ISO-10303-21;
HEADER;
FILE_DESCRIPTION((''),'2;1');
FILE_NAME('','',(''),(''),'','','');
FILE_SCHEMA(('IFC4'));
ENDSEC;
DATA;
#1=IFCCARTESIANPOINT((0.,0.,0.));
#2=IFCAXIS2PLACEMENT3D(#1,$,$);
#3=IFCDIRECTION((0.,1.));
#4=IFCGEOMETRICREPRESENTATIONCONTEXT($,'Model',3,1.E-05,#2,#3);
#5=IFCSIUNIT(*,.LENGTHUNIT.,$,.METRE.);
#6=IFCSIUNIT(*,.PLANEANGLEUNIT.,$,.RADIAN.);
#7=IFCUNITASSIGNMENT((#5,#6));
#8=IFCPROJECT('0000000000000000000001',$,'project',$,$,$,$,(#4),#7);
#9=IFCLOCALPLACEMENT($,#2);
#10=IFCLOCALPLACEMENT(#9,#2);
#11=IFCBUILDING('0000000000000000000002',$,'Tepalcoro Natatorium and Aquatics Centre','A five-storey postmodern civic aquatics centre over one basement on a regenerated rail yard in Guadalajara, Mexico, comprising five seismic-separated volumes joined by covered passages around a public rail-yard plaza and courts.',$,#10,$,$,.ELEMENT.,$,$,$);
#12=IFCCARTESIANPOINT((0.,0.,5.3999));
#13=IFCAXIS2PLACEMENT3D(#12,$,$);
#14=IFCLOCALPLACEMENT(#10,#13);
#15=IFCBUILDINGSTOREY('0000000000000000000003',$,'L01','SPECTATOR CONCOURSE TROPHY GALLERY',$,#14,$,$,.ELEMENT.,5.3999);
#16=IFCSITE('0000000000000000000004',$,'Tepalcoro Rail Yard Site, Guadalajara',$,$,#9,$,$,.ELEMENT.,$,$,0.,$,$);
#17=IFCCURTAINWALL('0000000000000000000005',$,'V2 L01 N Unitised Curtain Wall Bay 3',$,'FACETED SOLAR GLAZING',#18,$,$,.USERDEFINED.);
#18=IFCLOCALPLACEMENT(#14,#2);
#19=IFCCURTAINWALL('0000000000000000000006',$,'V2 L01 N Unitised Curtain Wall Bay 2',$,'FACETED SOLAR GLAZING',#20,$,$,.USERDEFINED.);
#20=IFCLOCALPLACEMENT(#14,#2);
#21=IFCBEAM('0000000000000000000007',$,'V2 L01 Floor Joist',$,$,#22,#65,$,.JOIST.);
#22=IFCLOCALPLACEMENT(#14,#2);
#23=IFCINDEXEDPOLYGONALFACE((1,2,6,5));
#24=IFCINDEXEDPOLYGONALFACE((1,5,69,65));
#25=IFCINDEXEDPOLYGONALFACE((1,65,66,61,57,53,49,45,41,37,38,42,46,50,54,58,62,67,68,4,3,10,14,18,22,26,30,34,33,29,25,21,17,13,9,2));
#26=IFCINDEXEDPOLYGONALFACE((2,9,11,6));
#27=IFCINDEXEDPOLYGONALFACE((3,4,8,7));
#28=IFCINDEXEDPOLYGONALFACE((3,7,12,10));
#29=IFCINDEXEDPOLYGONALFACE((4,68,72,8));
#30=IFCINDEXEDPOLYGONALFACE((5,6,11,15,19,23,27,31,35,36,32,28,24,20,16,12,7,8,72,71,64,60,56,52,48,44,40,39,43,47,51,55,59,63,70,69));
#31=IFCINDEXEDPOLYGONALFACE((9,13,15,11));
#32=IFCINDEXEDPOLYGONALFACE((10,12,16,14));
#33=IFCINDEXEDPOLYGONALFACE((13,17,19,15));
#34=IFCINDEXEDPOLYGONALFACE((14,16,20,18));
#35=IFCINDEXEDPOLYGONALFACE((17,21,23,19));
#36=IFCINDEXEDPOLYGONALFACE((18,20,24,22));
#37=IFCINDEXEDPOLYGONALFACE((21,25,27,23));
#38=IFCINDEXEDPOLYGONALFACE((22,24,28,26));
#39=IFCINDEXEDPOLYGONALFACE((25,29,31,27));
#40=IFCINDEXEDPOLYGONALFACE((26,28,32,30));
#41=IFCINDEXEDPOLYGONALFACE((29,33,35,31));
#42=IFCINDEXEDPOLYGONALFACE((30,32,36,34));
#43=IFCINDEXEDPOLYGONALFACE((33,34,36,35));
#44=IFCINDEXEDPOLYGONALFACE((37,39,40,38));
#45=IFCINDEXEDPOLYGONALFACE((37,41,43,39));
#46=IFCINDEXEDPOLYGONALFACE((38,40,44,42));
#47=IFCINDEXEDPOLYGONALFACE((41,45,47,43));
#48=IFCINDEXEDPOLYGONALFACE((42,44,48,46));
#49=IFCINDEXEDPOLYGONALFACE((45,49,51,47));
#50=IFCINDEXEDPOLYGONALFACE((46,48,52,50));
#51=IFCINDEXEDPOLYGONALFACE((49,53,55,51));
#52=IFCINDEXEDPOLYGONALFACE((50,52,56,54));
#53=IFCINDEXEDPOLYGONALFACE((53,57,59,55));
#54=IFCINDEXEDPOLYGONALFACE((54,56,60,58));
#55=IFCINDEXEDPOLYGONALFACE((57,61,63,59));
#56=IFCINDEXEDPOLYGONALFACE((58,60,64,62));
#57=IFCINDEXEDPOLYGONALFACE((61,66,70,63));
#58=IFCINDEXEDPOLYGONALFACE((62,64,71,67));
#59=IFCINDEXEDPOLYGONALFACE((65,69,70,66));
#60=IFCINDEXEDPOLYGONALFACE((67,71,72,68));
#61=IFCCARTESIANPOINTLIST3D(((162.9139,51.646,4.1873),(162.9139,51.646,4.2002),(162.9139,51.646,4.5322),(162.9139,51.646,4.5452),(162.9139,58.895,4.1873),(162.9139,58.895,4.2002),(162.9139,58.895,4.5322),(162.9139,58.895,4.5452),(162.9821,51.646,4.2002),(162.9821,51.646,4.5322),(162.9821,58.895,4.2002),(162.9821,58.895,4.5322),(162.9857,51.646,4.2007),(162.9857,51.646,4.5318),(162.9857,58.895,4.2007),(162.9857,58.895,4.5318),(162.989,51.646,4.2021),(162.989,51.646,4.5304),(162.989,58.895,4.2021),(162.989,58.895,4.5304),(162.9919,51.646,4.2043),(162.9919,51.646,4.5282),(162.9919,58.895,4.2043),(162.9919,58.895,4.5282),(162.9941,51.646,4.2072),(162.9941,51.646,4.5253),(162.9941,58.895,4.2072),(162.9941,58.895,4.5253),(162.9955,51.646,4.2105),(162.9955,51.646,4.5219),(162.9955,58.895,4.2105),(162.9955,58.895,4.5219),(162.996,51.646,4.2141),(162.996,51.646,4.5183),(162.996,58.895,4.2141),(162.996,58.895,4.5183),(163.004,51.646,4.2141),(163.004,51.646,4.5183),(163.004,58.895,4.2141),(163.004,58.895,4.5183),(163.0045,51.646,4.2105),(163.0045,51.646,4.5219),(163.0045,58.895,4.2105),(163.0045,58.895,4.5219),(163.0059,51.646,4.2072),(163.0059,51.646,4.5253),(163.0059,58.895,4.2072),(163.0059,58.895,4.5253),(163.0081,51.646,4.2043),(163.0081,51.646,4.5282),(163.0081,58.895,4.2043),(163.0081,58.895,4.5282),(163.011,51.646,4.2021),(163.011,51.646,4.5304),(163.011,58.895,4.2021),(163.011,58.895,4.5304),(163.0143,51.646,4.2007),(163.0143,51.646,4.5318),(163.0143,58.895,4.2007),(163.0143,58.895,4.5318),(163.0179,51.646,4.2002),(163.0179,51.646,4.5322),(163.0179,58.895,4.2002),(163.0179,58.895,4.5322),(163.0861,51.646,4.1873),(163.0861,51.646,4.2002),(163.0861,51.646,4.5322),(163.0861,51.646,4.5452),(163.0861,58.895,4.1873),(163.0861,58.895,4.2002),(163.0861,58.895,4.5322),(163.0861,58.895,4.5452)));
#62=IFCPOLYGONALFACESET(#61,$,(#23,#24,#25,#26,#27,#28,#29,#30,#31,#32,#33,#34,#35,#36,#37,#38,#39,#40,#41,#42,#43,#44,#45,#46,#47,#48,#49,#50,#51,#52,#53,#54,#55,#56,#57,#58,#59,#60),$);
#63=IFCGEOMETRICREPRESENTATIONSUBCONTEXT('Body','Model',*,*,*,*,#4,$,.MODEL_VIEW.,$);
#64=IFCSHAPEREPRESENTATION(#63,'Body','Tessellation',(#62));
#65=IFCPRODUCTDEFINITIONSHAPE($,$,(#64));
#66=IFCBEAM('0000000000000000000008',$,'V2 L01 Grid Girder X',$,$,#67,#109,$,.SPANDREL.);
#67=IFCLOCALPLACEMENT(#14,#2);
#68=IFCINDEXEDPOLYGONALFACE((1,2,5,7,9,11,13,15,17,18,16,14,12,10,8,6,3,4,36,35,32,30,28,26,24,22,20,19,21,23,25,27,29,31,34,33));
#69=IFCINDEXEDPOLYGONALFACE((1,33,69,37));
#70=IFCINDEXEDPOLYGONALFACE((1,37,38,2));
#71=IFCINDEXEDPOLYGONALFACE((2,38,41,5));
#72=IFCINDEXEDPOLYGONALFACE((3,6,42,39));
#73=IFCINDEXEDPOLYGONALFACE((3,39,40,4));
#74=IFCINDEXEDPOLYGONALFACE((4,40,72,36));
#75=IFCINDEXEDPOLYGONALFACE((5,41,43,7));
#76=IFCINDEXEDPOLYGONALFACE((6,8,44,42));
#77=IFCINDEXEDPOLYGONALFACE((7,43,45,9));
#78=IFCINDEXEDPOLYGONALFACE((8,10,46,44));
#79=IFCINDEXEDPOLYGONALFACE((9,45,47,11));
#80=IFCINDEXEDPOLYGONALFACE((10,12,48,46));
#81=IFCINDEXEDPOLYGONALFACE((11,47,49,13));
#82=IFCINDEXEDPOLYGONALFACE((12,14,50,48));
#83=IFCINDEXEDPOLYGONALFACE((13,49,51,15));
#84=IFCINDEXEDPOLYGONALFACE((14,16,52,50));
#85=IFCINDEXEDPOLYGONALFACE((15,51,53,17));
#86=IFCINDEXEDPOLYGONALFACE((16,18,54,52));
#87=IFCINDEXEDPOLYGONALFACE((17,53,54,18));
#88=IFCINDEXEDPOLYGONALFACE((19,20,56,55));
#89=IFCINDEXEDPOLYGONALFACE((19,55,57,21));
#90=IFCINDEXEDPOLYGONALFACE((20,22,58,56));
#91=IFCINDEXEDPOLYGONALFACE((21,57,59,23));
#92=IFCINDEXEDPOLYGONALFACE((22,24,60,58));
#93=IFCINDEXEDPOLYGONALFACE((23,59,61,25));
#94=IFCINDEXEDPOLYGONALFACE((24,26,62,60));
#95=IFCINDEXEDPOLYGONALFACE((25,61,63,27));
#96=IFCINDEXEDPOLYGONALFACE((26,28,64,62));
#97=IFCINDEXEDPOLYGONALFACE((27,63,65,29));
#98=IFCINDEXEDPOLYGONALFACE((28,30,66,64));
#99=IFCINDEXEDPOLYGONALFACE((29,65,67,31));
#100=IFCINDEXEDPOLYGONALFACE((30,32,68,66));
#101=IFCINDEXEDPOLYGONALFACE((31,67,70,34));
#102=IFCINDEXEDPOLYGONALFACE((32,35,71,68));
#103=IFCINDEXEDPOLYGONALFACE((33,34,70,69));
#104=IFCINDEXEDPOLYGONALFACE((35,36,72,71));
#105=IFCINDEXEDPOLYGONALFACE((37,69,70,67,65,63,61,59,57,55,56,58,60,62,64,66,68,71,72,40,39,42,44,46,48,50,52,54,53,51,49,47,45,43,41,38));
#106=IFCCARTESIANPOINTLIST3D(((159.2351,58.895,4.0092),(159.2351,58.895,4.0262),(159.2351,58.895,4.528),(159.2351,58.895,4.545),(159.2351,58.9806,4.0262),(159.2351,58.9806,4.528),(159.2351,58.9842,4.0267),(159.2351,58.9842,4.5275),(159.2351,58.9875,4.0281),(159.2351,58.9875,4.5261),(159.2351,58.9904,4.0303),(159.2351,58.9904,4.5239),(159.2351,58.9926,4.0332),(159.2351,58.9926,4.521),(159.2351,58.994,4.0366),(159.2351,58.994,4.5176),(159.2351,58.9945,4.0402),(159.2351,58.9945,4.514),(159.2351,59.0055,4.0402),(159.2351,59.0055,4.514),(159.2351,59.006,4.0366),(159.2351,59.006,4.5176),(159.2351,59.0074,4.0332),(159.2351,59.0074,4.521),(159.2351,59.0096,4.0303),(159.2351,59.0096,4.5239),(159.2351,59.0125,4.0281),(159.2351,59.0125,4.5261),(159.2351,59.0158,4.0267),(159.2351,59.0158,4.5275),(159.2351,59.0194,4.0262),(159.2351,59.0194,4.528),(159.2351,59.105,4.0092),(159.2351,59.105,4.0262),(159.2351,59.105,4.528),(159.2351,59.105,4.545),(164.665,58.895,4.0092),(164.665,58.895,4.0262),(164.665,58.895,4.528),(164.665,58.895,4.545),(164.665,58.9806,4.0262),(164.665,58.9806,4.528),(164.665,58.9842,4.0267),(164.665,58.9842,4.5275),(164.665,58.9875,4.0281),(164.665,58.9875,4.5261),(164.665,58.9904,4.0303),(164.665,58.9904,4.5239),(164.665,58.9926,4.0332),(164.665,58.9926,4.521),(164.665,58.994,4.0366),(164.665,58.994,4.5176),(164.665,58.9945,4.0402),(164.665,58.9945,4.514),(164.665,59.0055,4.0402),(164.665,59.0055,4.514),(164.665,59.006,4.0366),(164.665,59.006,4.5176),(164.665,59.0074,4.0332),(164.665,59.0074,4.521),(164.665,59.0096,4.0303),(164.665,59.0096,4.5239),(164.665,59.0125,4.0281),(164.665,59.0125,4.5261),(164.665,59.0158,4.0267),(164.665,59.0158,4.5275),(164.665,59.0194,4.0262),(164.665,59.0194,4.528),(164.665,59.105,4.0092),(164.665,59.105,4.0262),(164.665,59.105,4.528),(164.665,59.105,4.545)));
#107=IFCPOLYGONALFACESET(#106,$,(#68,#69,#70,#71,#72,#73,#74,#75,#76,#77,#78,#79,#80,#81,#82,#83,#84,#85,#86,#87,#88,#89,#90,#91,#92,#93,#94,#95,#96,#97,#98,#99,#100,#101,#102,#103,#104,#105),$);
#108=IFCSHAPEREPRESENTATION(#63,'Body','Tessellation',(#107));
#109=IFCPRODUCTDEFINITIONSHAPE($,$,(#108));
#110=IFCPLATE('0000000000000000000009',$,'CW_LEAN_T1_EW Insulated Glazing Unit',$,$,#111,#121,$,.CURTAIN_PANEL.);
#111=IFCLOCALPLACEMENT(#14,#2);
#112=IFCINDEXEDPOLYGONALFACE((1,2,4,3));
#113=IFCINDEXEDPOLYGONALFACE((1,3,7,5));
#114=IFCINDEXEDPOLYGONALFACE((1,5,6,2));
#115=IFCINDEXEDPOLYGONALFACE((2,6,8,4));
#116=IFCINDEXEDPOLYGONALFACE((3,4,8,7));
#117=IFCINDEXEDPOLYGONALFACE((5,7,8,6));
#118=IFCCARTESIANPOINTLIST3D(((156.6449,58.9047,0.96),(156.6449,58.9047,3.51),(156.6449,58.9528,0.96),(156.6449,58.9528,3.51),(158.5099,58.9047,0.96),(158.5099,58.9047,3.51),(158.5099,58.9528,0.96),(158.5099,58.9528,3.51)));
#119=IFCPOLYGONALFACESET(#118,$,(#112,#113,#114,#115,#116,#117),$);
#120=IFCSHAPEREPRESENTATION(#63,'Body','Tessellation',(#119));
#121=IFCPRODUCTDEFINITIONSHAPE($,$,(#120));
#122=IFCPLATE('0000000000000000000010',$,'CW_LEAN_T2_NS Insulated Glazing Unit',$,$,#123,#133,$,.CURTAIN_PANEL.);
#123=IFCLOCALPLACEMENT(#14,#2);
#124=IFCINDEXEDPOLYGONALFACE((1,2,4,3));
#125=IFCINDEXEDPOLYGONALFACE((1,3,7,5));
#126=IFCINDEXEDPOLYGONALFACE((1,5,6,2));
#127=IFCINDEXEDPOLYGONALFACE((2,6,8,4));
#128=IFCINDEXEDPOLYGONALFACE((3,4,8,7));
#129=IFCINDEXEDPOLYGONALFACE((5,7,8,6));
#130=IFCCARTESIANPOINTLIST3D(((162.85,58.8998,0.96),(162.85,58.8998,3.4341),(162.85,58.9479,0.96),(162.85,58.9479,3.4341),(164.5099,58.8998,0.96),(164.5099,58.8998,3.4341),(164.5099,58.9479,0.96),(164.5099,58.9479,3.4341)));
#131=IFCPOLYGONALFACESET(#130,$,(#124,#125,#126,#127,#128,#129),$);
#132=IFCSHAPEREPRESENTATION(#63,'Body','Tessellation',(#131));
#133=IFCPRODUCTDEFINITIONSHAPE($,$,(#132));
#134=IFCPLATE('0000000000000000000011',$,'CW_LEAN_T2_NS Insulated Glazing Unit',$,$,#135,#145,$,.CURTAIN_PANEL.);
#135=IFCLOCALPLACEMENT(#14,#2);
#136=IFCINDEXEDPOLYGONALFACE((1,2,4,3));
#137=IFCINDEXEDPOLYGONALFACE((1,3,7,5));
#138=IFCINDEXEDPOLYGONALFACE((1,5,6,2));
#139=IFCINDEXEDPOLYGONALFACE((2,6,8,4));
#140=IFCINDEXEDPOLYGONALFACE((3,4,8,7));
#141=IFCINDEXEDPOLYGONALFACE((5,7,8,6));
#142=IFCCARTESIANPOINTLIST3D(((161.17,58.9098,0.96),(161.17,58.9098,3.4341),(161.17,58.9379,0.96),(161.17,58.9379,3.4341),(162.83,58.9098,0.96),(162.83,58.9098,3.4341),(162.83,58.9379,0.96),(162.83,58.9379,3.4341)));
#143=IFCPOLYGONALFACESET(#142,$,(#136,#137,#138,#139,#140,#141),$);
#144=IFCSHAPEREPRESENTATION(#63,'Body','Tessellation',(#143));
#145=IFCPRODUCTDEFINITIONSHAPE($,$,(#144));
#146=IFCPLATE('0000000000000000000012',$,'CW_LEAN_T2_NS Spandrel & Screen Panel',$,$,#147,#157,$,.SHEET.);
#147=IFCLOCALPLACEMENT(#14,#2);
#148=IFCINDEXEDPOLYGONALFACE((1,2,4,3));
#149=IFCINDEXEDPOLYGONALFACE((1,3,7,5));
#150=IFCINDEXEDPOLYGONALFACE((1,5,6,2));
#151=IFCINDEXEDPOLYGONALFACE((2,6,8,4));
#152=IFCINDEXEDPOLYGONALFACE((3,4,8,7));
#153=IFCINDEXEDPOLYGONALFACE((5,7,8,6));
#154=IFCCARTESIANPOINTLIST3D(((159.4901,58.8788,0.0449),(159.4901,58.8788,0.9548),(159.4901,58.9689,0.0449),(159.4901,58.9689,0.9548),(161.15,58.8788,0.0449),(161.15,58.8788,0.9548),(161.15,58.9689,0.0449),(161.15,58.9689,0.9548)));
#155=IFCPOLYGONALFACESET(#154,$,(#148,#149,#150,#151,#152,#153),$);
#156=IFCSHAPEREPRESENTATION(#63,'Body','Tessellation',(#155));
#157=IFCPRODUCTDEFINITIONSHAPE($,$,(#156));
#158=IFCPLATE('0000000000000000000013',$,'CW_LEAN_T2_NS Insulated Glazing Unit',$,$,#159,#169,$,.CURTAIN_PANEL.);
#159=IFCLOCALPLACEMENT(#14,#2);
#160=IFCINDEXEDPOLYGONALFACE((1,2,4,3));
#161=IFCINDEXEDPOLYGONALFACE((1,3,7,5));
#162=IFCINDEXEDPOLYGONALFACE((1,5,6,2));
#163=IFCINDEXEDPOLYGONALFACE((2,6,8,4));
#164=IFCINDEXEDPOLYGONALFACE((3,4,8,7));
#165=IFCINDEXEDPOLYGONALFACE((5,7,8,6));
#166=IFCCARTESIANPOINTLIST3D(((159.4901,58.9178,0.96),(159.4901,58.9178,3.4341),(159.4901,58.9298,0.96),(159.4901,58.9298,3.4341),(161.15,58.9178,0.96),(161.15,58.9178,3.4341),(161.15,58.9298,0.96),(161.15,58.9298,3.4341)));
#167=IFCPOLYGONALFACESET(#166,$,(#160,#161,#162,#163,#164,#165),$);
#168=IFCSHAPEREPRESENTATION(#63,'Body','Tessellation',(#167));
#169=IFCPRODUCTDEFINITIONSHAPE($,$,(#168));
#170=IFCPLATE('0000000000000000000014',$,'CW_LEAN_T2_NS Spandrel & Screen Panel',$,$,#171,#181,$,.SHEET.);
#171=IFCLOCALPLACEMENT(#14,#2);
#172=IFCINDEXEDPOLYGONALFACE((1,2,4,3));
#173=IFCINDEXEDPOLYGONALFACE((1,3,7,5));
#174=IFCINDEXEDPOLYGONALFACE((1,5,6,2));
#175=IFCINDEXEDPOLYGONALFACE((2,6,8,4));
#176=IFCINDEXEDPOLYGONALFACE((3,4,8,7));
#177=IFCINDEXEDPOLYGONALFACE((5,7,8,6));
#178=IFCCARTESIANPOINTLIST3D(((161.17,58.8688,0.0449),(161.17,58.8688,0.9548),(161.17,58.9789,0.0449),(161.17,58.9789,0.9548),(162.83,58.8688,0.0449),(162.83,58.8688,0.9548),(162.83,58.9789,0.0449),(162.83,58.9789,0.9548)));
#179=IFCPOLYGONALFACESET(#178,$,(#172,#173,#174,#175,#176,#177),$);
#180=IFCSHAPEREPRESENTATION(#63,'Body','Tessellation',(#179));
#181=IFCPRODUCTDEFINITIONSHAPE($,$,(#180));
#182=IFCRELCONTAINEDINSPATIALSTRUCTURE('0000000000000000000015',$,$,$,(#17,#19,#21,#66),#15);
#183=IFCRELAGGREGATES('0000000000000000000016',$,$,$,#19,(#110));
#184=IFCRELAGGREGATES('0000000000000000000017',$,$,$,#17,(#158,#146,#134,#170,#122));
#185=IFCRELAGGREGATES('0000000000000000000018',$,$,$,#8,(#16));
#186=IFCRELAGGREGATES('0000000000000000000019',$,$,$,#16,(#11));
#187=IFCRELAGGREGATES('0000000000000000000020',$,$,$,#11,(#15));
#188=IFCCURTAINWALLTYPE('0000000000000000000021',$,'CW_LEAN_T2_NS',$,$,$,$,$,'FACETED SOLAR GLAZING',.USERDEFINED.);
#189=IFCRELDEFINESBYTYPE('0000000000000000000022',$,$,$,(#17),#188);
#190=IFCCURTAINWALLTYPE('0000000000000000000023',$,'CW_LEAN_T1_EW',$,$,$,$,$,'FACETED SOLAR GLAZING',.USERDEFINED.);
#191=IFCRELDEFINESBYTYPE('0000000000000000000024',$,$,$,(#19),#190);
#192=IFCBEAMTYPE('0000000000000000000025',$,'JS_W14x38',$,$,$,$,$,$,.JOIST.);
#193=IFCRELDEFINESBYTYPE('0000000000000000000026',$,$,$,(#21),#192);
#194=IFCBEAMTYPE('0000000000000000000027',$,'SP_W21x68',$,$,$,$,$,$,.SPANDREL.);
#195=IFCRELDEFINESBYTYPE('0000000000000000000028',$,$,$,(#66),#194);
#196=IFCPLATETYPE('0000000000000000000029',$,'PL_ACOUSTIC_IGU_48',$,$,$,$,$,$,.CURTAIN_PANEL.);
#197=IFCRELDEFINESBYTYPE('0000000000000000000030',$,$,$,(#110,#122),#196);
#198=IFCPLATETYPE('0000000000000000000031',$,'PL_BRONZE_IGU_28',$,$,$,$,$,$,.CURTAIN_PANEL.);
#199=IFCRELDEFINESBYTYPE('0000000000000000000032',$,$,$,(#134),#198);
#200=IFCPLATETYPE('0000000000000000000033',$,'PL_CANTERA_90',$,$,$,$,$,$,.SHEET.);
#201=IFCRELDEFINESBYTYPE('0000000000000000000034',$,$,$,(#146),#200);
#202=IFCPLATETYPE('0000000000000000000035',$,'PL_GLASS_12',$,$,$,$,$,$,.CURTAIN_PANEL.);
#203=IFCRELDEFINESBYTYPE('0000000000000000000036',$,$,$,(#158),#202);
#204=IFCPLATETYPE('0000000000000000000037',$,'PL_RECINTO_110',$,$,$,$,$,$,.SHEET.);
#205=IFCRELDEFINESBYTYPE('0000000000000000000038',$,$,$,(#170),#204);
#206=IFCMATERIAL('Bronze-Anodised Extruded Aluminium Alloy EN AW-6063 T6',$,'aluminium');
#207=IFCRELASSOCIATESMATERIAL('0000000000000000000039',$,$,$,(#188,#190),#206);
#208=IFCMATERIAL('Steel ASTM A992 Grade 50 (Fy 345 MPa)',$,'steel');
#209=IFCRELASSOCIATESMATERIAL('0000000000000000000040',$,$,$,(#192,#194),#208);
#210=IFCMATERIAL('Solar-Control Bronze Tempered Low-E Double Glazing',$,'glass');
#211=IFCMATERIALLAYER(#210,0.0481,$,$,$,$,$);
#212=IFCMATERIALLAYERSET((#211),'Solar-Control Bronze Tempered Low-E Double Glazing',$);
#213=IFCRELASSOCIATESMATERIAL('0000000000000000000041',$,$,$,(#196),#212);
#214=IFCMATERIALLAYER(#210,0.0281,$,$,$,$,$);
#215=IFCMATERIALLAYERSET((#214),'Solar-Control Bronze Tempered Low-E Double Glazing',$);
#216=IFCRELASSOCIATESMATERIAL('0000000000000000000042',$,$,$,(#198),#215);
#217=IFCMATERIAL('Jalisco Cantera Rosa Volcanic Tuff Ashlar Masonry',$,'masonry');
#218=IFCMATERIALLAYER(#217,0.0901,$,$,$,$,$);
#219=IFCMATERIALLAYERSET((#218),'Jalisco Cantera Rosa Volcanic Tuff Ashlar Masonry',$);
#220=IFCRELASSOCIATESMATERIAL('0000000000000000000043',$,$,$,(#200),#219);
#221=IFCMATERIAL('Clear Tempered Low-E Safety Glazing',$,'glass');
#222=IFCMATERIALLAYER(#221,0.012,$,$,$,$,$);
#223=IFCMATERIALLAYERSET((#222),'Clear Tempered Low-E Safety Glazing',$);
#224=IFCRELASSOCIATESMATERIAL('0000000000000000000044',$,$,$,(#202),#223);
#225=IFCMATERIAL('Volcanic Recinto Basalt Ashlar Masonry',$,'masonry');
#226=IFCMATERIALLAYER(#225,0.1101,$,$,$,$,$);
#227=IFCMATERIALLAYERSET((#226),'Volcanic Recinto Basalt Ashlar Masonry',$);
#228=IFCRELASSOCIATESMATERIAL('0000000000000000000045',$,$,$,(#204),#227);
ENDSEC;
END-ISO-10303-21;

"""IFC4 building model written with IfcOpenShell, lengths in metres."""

from ifc_helpers import new_model, si_unit, direction, frame, origin, origin_2d, place, context, subcontext, project, spatial, rectangle, i_section, extrude, material, layer, layer_set, material_profile, profile_set, type_object, element, aggregate, save


model = new_model("IFC4")

# Units and contexts
model_context = context("Model", 3, precision=1e-05, world=origin(), true_north=direction((0.0, 1.0)))
body_context = subcontext(model_context, "Body", "Model", "MODEL_VIEW")
ifc_project = project(units=[si_unit("LENGTHUNIT", "METRE"), si_unit("PLANEANGLEUNIT", "RADIAN")], contexts=[model_context])

# Site, building, storey
site_placement = place(None, origin())
site = spatial("IfcSite", under=ifc_project, at=site_placement, Name="Tepalcoro Rail Yard Site, Guadalajara", CompositionType="ELEMENT", RefElevation=0.0)
building_placement = place(site_placement, origin())
building = spatial("IfcBuilding", under=site, at=building_placement, Name="Tepalcoro Natatorium and Aquatics Centre", Description="A five-storey postmodern civic aquatics centre over one basement on a regenerated rail yard in Guadalajara, Mexico, comprising five seismic-separated volumes joined by covered passages around a public rail-yard plaza and courts.", CompositionType="ELEMENT")
storey_placement = place(building_placement, frame((0.0, 0.0, 5.3999)))
storey = spatial("IfcBuildingStorey", under=building, at=storey_placement, Name="L01", Description="SPECTATOR CONCOURSE TROPHY GALLERY", CompositionType="ELEMENT", Elevation=5.3999)

# Shared definitions
ifc_material_1 = material(Name="Steel ASTM A992 Grade 50 (Fy 345 MPa)", Category="steel")

# Curtain walls
ifc_material_2 = material(Name="Bronze-Anodised Extruded Aluminium Alloy EN AW-6063 T6", Category="aluminium")
curtain_wall_type_1 = type_object("IfcCurtainWallType", Name="CW_LEAN_T2_NS", ElementType="FACETED SOLAR GLAZING", PredefinedType="USERDEFINED", material=ifc_material_2)
curtain_wall_1_placement = place(storey_placement, origin())
curtain_wall_1 = element("IfcCurtainWall", 1, at=curtain_wall_1_placement, inside=storey, type_object=curtain_wall_type_1, Name="V2 L01 N Unitised Curtain Wall Bay 3", ObjectType="FACETED SOLAR GLAZING", PredefinedType="USERDEFINED")
curtain_wall_type_2 = type_object("IfcCurtainWallType", Name="CW_LEAN_T1_EW", ElementType="FACETED SOLAR GLAZING", PredefinedType="USERDEFINED", material=ifc_material_2)
curtain_wall_2_placement = place(storey_placement, origin())
curtain_wall_2 = element("IfcCurtainWall", 2, at=curtain_wall_2_placement, inside=storey, type_object=curtain_wall_type_2, Name="V2 L01 N Unitised Curtain Wall Bay 2", ObjectType="FACETED SOLAR GLAZING", PredefinedType="USERDEFINED")

# Beams
ifc_material_profile_1 = material_profile(ifc_material_1, i_section(OverallWidth=0.1721, OverallDepth=0.3579, WebThickness=0.0081, FlangeThickness=0.0129, FilletRadius=0.0139, at=origin_2d()), Name="W14X38")
ifc_profile_set_1 = profile_set([ifc_material_profile_1], Name="Steel ASTM A992 Grade 50 (Fy 345 MPa)")
beam_type_1 = type_object("IfcBeamType", Name="JS_W14x38", PredefinedType="JOIST", material=ifc_profile_set_1)
beam_1_placement = place(storey_placement, frame((163.0, 51.646, 4.3662), z_axis=(0.0, 1.0, 0.0), x_axis=(-1.0, 0.0, 0.0)))
element("IfcBeam", 3, at=beam_1_placement, inside=storey, type_object=beam_type_1, Name="V2 L01 Floor Joist", PredefinedType="JOIST", context=body_context, shape_type="SweptSolid", body=[
    extrude(i_section(OverallWidth=0.1721, OverallDepth=0.3579, WebThickness=0.0081, FlangeThickness=0.0129, FilletRadius=0.0139, at=origin_2d()), origin(), (0.0, 0.0, 1.0), 7.249),
])
ifc_material_profile_2 = material_profile(ifc_material_1, i_section(OverallWidth=0.21, OverallDepth=0.5359, WebThickness=0.011, FlangeThickness=0.0171, FilletRadius=0.0139, at=origin_2d()), Name="W21X68")
ifc_profile_set_2 = profile_set([ifc_material_profile_2], Name="Steel ASTM A992 Grade 50 (Fy 345 MPa)")
beam_type_2 = type_object("IfcBeamType", Name="SP_W21x68", PredefinedType="SPANDREL", material=ifc_profile_set_2)
beam_2_placement = place(storey_placement, frame((159.2351, 59.0, 4.2771), z_axis=(1.0, 0.0, 0.0), x_axis=(0.0, 1.0, 0.0)))
element("IfcBeam", 4, at=beam_2_placement, inside=storey, type_object=beam_type_2, Name="V2 L01 Grid Girder X", PredefinedType="SPANDREL", context=body_context, shape_type="SweptSolid", body=[
    extrude(i_section(OverallWidth=0.21, OverallDepth=0.5359, WebThickness=0.011, FlangeThickness=0.0171, FilletRadius=0.0139, at=origin_2d()), origin(), (0.0, 0.0, 1.0), 5.4299),
])

# Plates
ifc_material_3 = material(Name="Solar-Control Bronze Tempered Low-E Double Glazing", Category="glass")
ifc_layer_1 = layer(ifc_material_3, 0.0481)
ifc_layer_set_1 = layer_set([ifc_layer_1], Name="Solar-Control Bronze Tempered Low-E Double Glazing")
plate_type_1 = type_object("IfcPlateType", Name="PL_ACOUSTIC_IGU_48", PredefinedType="CURTAIN_PANEL", material=ifc_layer_set_1)
plate_1_placement = place(storey_placement, frame((157.5774, 58.9287, 0.96), z_axis=(0.0, 0.0, 1.0), x_axis=(1.0, 0.0, 0.0)))
plate_1 = element("IfcPlate", 5, at=plate_1_placement, type_object=plate_type_1, Name="CW_LEAN_T1_EW Insulated Glazing Unit", PredefinedType="CURTAIN_PANEL", context=body_context, shape_type="SweptSolid", body=[
    extrude(rectangle(XDim=1.865, YDim=0.0481, at=origin_2d()), origin(), (0.0, 0.0, 1.0), 2.55),
])
plate_2_placement = place(storey_placement, frame((163.6799, 58.9238, 0.96), z_axis=(0.0, 0.0, 1.0), x_axis=(1.0, 0.0, 0.0)))
plate_2 = element("IfcPlate", 6, at=plate_2_placement, type_object=plate_type_1, Name="CW_LEAN_T2_NS Insulated Glazing Unit", PredefinedType="CURTAIN_PANEL", context=body_context, shape_type="SweptSolid", body=[
    extrude(rectangle(XDim=1.6599, YDim=0.0481, at=origin_2d()), origin(), (0.0, 0.0, 1.0), 2.4741),
])
ifc_layer_2 = layer(ifc_material_3, 0.0281)
ifc_layer_set_2 = layer_set([ifc_layer_2], Name="Solar-Control Bronze Tempered Low-E Double Glazing")
plate_type_2 = type_object("IfcPlateType", Name="PL_BRONZE_IGU_28", PredefinedType="CURTAIN_PANEL", material=ifc_layer_set_2)
plate_3_placement = place(storey_placement, frame((162.0, 58.9238, 0.96), z_axis=(0.0, 0.0, 1.0), x_axis=(1.0, 0.0, 0.0)))
plate_3 = element("IfcPlate", 7, at=plate_3_placement, type_object=plate_type_2, Name="CW_LEAN_T2_NS Insulated Glazing Unit", PredefinedType="CURTAIN_PANEL", context=body_context, shape_type="SweptSolid", body=[
    extrude(rectangle(XDim=1.6599, YDim=0.0281, at=origin_2d()), origin(), (0.0, 0.0, 1.0), 2.4741),
])
ifc_material_4 = material(Name="Jalisco Cantera Rosa Volcanic Tuff Ashlar Masonry", Category="masonry")
ifc_layer_3 = layer(ifc_material_4, 0.0901)
ifc_layer_set_3 = layer_set([ifc_layer_3], Name="Jalisco Cantera Rosa Volcanic Tuff Ashlar Masonry")
plate_type_3 = type_object("IfcPlateType", Name="PL_CANTERA_90", PredefinedType="SHEET", material=ifc_layer_set_3)
plate_4_placement = place(storey_placement, frame((160.3201, 58.9238, 0.0449), z_axis=(0.0, 0.0, 1.0), x_axis=(1.0, 0.0, 0.0)))
plate_4 = element("IfcPlate", 8, at=plate_4_placement, type_object=plate_type_3, Name="CW_LEAN_T2_NS Spandrel & Screen Panel", PredefinedType="SHEET", context=body_context, shape_type="SweptSolid", body=[
    extrude(rectangle(XDim=1.6599, YDim=0.0901, at=origin_2d()), origin(), (0.0, 0.0, 1.0), 0.9099),
])
ifc_material_5 = material(Name="Clear Tempered Low-E Safety Glazing", Category="glass")
ifc_layer_4 = layer(ifc_material_5, 0.012)
ifc_layer_set_4 = layer_set([ifc_layer_4], Name="Clear Tempered Low-E Safety Glazing")
plate_type_4 = type_object("IfcPlateType", Name="PL_GLASS_12", PredefinedType="CURTAIN_PANEL", material=ifc_layer_set_4)
plate_5_placement = place(storey_placement, frame((160.3201, 58.9238, 0.96), z_axis=(0.0, 0.0, 1.0), x_axis=(1.0, 0.0, 0.0)))
plate_5 = element("IfcPlate", 9, at=plate_5_placement, type_object=plate_type_4, Name="CW_LEAN_T2_NS Insulated Glazing Unit", PredefinedType="CURTAIN_PANEL", context=body_context, shape_type="SweptSolid", body=[
    extrude(rectangle(XDim=1.6599, YDim=0.012, at=origin_2d()), origin(), (0.0, 0.0, 1.0), 2.4741),
])
ifc_material_6 = material(Name="Volcanic Recinto Basalt Ashlar Masonry", Category="masonry")
ifc_layer_5 = layer(ifc_material_6, 0.1101)
ifc_layer_set_5 = layer_set([ifc_layer_5], Name="Volcanic Recinto Basalt Ashlar Masonry")
plate_type_5 = type_object("IfcPlateType", Name="PL_RECINTO_110", PredefinedType="SHEET", material=ifc_layer_set_5)
plate_6_placement = place(storey_placement, frame((162.0, 58.9238, 0.0449), z_axis=(0.0, 0.0, 1.0), x_axis=(1.0, 0.0, 0.0)))
plate_6 = element("IfcPlate", 10, at=plate_6_placement, type_object=plate_type_5, Name="CW_LEAN_T2_NS Spandrel & Screen Panel", PredefinedType="SHEET", context=body_context, shape_type="SweptSolid", body=[
    extrude(rectangle(XDim=1.6599, YDim=0.1101, at=origin_2d()), origin(), (0.0, 0.0, 1.0), 0.9099),
])
aggregate(curtain_wall_2, [plate_1])
aggregate(curtain_wall_1, [plate_5, plate_4, plate_3, plate_6, plate_2])

save(model, "model.ifc")
